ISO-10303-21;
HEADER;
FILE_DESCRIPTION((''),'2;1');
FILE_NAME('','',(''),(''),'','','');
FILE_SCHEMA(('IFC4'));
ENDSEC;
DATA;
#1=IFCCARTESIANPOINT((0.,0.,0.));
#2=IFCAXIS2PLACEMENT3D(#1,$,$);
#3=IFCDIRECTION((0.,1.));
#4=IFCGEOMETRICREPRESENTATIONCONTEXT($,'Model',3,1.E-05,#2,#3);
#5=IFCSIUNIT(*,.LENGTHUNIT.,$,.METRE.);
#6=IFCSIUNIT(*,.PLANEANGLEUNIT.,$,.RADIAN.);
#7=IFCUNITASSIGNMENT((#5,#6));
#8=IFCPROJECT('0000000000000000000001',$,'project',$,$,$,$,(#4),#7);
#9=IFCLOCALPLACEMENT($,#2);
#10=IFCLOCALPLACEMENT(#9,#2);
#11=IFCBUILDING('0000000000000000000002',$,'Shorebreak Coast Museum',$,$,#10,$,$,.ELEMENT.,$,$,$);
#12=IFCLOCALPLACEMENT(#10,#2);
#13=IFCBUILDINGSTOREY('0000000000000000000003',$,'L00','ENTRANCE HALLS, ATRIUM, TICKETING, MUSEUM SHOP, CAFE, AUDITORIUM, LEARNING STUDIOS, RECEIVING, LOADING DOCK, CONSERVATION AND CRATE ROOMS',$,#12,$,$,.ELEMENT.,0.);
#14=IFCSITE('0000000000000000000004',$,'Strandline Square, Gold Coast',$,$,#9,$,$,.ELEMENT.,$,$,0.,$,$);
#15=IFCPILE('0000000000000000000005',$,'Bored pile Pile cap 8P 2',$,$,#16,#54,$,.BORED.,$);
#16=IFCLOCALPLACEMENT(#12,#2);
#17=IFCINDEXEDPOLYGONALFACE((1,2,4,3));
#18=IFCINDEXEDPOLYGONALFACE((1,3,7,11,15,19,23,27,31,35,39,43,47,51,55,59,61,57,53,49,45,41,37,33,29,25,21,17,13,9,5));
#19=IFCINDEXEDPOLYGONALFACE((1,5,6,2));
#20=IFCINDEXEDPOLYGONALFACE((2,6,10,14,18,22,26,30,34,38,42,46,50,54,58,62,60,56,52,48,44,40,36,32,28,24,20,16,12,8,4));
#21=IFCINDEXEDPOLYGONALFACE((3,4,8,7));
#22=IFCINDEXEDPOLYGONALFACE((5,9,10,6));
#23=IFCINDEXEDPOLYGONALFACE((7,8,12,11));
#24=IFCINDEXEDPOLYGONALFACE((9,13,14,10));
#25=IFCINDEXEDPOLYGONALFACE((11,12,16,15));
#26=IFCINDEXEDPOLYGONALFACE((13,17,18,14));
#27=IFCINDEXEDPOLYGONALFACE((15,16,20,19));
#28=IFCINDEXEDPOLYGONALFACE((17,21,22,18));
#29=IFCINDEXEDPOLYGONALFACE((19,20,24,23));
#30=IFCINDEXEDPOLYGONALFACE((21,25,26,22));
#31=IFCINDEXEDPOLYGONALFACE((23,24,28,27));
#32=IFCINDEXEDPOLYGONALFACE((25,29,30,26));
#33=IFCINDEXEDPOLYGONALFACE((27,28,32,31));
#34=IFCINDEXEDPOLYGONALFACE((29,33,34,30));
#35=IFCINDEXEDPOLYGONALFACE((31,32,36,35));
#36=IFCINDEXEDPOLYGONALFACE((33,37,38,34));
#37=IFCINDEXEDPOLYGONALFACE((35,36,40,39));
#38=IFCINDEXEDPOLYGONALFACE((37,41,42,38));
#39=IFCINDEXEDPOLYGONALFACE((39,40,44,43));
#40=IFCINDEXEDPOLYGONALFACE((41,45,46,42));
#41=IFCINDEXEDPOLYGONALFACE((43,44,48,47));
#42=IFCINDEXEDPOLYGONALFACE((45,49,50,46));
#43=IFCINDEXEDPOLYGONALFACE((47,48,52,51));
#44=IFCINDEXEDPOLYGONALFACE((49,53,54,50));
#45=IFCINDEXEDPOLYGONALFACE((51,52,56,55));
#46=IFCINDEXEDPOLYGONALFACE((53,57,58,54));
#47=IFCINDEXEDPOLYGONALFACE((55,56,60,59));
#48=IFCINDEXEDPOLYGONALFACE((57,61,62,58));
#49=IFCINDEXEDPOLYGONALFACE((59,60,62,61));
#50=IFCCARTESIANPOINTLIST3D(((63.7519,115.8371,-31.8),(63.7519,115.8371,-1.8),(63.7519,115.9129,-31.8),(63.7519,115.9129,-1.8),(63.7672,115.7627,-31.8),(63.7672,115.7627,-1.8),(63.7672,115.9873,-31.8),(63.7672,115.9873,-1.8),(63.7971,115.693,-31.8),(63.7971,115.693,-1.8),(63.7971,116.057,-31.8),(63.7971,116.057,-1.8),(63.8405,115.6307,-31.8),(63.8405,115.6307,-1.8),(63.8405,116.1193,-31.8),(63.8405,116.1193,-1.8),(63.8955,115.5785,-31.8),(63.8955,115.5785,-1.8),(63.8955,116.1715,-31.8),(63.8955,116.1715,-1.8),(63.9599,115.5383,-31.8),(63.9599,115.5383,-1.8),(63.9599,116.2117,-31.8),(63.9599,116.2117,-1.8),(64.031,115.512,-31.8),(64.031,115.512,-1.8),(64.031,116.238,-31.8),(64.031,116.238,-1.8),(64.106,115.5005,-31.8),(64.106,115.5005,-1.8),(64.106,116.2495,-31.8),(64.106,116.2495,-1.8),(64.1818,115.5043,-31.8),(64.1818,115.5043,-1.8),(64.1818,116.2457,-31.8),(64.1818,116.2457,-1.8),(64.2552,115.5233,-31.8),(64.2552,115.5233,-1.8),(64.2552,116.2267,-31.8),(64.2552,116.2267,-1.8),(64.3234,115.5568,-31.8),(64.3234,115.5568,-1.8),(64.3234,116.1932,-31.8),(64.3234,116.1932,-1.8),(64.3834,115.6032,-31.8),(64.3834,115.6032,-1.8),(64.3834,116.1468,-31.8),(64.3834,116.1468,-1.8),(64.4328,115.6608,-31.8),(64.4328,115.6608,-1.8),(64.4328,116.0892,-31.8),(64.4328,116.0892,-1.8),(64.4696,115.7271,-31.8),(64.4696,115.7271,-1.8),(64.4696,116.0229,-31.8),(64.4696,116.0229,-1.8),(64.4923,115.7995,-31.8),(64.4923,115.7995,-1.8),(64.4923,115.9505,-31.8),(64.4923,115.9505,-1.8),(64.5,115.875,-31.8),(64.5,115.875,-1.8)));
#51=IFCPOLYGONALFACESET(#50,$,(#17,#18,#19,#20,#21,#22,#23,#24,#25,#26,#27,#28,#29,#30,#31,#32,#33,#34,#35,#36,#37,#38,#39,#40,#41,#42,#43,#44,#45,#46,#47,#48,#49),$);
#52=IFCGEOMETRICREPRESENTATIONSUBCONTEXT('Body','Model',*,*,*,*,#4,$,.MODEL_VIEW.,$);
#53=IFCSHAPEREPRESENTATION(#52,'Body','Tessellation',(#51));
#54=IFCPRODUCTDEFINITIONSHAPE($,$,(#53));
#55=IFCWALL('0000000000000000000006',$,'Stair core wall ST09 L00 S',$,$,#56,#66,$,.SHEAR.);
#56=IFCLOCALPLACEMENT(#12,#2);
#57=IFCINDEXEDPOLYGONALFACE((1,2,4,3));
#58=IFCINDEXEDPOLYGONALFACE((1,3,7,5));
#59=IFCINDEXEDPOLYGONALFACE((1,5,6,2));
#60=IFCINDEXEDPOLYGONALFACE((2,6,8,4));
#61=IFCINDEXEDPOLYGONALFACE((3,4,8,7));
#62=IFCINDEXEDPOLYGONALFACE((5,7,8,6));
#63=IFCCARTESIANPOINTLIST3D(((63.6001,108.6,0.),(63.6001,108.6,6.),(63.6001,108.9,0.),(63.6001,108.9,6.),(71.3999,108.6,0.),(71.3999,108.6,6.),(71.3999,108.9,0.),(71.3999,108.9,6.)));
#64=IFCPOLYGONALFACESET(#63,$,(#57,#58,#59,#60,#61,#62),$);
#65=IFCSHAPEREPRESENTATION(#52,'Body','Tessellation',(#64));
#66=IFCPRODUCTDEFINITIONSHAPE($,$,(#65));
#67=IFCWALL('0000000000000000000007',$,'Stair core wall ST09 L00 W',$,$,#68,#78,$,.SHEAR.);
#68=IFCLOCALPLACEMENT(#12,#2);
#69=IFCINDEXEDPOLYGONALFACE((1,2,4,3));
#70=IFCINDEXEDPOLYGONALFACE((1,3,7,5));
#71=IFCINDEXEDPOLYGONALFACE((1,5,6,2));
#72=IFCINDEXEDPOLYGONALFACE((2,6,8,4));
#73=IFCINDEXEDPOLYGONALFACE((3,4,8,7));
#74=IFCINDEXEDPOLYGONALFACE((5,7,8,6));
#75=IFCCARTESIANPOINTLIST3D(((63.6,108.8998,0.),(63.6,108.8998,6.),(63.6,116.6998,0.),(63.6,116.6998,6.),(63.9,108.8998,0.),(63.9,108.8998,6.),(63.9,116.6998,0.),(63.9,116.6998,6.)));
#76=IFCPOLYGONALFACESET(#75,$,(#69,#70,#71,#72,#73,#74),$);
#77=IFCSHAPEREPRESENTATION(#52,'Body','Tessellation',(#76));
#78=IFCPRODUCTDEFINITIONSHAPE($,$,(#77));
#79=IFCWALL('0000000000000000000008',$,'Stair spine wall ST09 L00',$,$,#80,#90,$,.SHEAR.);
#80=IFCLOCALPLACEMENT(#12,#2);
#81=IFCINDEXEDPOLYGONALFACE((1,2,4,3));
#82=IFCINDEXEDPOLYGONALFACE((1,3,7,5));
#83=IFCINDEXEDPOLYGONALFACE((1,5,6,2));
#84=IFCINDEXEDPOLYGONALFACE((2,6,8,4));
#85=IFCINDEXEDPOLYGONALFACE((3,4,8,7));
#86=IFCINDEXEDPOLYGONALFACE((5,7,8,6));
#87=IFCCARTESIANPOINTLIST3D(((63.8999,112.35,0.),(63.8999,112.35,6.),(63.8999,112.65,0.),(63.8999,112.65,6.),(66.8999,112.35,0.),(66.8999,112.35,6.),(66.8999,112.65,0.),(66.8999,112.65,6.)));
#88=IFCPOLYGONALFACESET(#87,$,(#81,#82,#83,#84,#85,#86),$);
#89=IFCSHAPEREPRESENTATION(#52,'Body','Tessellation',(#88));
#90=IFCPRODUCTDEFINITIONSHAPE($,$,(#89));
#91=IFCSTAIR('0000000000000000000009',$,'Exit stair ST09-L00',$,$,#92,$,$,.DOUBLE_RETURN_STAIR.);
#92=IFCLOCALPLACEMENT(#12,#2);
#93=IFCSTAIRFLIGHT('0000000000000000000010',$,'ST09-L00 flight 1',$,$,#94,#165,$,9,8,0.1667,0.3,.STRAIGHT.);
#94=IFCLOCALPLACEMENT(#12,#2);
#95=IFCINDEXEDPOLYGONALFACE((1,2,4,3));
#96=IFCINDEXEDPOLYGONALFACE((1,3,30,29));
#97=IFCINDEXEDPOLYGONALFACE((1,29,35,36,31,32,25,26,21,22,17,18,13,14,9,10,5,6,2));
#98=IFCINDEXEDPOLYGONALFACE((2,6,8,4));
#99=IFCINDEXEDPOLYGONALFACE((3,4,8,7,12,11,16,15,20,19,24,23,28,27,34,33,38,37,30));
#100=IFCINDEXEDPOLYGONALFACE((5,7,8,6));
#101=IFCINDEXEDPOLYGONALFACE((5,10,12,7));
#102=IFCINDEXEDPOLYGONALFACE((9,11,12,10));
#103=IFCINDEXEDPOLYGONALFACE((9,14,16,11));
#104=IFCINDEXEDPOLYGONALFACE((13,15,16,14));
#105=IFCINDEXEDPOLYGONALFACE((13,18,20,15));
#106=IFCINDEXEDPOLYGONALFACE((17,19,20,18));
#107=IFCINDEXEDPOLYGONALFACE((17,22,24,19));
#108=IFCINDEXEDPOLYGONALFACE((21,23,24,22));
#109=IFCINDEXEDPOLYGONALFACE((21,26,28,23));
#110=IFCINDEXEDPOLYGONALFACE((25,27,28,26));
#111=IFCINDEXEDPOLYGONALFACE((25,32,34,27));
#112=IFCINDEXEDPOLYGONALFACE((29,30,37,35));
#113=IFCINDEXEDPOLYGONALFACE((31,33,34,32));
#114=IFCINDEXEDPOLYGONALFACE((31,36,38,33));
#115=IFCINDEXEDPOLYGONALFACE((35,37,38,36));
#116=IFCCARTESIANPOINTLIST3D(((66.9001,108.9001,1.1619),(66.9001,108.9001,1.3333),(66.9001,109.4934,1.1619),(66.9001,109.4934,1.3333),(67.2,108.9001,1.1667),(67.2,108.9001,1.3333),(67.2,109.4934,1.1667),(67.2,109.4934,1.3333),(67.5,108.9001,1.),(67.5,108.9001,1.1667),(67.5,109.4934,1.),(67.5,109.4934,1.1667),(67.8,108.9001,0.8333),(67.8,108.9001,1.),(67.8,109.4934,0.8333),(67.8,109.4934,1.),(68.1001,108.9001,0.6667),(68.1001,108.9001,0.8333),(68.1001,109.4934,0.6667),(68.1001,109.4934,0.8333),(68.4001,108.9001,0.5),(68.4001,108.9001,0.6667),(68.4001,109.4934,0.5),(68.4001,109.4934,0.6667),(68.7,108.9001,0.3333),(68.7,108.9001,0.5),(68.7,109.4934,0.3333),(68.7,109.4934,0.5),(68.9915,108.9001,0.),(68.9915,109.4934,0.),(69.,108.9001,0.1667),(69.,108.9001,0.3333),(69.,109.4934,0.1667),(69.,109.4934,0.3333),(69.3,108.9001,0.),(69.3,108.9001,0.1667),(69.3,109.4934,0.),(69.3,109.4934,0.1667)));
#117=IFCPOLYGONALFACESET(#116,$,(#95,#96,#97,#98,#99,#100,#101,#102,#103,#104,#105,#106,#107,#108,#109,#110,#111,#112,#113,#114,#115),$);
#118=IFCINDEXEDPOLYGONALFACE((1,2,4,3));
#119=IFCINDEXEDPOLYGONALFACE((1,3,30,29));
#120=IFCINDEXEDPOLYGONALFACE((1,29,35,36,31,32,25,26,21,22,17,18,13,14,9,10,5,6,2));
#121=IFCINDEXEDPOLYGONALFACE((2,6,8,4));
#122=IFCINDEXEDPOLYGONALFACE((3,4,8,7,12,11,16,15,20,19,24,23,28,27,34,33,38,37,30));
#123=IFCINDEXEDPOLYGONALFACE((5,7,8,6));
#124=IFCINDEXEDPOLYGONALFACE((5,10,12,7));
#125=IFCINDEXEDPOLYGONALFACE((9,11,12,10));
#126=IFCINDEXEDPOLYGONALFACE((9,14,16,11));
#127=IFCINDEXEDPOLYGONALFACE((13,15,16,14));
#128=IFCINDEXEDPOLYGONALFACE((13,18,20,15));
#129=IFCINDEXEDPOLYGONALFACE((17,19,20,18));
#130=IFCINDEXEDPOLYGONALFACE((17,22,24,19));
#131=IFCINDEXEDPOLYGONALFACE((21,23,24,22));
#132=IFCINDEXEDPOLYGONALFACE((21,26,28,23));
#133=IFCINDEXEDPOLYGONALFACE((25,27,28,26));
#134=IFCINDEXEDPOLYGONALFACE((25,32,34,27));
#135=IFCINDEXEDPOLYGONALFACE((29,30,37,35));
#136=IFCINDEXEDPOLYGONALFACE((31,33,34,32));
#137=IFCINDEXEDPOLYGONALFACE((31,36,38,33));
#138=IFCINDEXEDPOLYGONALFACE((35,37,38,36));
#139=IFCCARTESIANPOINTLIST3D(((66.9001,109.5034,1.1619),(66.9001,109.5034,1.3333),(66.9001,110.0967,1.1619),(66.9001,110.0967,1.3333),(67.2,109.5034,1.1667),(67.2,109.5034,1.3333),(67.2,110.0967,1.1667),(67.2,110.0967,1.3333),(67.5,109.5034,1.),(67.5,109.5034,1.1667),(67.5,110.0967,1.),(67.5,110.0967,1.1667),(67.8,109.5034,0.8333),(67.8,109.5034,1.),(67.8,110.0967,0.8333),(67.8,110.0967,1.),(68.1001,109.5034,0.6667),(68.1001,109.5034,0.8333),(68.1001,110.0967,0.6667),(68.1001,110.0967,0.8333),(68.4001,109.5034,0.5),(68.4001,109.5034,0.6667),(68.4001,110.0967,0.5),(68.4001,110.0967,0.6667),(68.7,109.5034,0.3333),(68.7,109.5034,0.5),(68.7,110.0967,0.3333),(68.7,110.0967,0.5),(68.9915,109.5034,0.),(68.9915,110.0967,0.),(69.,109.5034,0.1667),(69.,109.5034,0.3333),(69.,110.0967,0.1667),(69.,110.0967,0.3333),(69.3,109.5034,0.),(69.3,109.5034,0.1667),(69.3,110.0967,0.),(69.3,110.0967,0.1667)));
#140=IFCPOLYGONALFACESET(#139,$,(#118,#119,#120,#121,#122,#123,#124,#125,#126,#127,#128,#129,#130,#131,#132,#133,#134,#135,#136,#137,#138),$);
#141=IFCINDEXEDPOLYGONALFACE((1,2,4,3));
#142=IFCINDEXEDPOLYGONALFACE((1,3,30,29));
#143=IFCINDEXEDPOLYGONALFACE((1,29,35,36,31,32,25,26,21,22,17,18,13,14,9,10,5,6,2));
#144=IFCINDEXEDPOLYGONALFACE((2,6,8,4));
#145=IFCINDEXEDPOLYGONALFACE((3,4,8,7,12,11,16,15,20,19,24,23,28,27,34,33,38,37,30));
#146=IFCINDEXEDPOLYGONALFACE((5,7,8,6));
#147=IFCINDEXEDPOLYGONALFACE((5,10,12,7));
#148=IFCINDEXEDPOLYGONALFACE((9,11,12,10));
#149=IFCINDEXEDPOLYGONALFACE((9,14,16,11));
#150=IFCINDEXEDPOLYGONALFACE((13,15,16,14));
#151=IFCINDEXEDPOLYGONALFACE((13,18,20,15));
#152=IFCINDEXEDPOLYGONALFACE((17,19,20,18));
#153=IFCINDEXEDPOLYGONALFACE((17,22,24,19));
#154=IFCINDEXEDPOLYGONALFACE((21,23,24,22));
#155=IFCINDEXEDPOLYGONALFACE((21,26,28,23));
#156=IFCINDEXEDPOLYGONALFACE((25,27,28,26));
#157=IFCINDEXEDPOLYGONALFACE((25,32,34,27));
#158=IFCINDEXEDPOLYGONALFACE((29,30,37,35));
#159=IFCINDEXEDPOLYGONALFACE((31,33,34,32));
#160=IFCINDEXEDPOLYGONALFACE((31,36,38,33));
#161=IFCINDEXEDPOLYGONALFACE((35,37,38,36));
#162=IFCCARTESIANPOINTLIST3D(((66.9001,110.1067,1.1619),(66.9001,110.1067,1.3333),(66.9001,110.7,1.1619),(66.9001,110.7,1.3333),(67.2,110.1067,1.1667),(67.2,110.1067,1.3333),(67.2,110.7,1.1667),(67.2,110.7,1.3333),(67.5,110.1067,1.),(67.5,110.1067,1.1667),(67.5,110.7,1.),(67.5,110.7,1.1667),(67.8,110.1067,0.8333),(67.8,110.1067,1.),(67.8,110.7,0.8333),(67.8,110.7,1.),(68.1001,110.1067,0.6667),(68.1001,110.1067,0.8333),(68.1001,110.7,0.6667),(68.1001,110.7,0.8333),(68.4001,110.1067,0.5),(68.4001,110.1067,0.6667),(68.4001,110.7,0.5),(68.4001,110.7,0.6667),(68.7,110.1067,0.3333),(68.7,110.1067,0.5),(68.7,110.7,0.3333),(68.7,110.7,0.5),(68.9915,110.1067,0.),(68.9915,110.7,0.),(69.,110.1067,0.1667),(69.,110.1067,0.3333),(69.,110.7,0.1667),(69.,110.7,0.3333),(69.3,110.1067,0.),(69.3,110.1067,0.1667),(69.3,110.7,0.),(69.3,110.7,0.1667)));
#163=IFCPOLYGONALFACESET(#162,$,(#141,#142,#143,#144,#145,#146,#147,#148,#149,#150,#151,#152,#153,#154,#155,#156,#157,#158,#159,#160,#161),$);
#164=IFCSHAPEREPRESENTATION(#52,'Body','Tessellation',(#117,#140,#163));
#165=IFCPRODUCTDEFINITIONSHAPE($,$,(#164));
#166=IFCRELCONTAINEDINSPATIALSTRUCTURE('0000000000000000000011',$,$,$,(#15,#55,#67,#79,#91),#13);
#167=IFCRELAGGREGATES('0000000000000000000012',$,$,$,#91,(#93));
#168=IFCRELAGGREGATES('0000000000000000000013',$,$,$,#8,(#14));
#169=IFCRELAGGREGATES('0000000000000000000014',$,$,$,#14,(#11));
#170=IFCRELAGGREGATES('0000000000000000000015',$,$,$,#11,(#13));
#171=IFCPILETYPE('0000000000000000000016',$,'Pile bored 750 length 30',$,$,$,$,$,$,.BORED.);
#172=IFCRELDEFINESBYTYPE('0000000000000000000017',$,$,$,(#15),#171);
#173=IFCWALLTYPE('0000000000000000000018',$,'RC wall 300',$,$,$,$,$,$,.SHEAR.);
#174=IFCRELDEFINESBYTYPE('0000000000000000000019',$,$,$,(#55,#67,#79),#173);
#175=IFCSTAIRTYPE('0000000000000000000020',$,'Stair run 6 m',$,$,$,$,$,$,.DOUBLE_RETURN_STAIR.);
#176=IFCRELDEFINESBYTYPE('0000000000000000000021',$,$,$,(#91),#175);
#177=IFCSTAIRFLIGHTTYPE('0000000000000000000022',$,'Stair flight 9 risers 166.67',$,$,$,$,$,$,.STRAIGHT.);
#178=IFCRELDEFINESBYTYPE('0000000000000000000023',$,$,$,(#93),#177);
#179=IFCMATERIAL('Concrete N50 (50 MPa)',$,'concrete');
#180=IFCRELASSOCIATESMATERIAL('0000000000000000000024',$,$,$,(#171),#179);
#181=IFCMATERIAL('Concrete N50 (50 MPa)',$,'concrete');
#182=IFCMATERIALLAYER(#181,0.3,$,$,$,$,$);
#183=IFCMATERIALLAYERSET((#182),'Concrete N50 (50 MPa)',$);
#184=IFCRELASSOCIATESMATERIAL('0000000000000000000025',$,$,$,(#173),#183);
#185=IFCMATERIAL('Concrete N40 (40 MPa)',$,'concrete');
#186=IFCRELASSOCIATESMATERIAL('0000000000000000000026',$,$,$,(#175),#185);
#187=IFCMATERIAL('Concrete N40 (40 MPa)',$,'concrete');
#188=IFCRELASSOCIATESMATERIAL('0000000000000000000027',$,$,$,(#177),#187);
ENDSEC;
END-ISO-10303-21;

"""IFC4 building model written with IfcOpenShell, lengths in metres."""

from ifc_helpers import new_model, si_unit, direction, frame, frame_2d, origin, origin_2d, place, context, subcontext, project, spatial, polyline, rectangle, circle, outline, extrude, material, layer, layer_set, material_profile, profile_set, type_object, element, aggregate, save


model = new_model("IFC4")

# Units and contexts
model_context = context("Model", 3, precision=1e-05, world=origin(), true_north=direction((0.0, 1.0)))
body_context = subcontext(model_context, "Body", "Model", "MODEL_VIEW")
ifc_project = project(units=[si_unit("LENGTHUNIT", "METRE"), si_unit("PLANEANGLEUNIT", "RADIAN")], contexts=[model_context])

# Site, building, storey
site_placement = place(None, origin())
site = spatial("IfcSite", under=ifc_project, at=site_placement, Name="Strandline Square, Gold Coast", CompositionType="ELEMENT", RefElevation=0.0)
building_placement = place(site_placement, origin())
building = spatial("IfcBuilding", under=site, at=building_placement, Name="Shorebreak Coast Museum", CompositionType="ELEMENT")
storey_placement = place(building_placement, origin())
storey = spatial("IfcBuildingStorey", under=building, at=storey_placement, Name="L00", Description="ENTRANCE HALLS, ATRIUM, TICKETING, MUSEUM SHOP, CAFE, AUDITORIUM, LEARNING STUDIOS, RECEIVING, LOADING DOCK, CONSERVATION AND CRATE ROOMS", CompositionType="ELEMENT", Elevation=0.0)

# Pile
ifc_material_1 = material(Name="Concrete N50 (50 MPa)", Category="concrete")
ifc_material_profile_1 = material_profile(ifc_material_1, circle(Radius=0.375, at=origin_2d()), Name="Pile bored 750 length 30")
ifc_profile_set_1 = profile_set([ifc_material_profile_1], Name="Concrete N50 (50 MPa)")
pile_type_1 = type_object("IfcPileType", Name="Pile bored 750 length 30", PredefinedType="BORED", material=ifc_profile_set_1)
for number, where, z_axis, x_axis, name in (
    (1, (64.125, 115.875, -1.8), (0.0, 0.0, -1.0), (1.0, 0.0, 0.0), "Bored pile Pile cap 8P 2"),
):
    element("IfcPile", number, at=place(storey_placement, frame(where, z_axis=z_axis, x_axis=x_axis)), inside=storey, type_object=pile_type_1, Name=name, PredefinedType="BORED", context=body_context, shape_type="SweptSolid", body=[
        extrude(circle(Radius=0.375, at=origin_2d()), origin(), (0.0, 0.0, 1.0), 30.0),
    ])

# Walls
ifc_material_2 = material(Name="Concrete N50 (50 MPa)", Category="concrete")
ifc_layer = layer(ifc_material_2, 0.3)
ifc_layer_set = layer_set([ifc_layer], Name="Concrete N50 (50 MPa)")
wall_type = type_object("IfcWallType", Name="RC wall 300", PredefinedType="SHEAR", material=ifc_layer_set)
wall_1_placement = place(storey_placement, frame((63.6001, 108.75, 0.0), z_axis=(0.0, 0.0, 1.0), x_axis=(1.0, 0.0, 0.0)))
element("IfcWall", 2, at=wall_1_placement, inside=storey, type_object=wall_type, Name="Stair core wall ST09 L00 S", PredefinedType="SHEAR", context=body_context, shape_type="SweptSolid", body=[
    extrude(rectangle(XDim=7.7998, YDim=0.3, at=frame_2d((3.8999, 0.0))), origin(), (0.0, 0.0, 1.0), 6.0),
])
wall_2_placement = place(storey_placement, frame((63.75, 108.8999, 0.0), z_axis=(0.0, 0.0, 1.0), x_axis=(0.0, 1.0, 0.0)))
element("IfcWall", 3, at=wall_2_placement, inside=storey, type_object=wall_type, Name="Stair core wall ST09 L00 W", PredefinedType="SHEAR", context=body_context, shape_type="SweptSolid", body=[
    extrude(rectangle(XDim=7.8, YDim=0.3, at=frame_2d((3.8999, 0.0))), origin(), (0.0, 0.0, 1.0), 6.0),
])
wall_3_placement = place(storey_placement, frame((66.8999, 112.5, 0.0), z_axis=(0.0, 0.0, 1.0), x_axis=(-1.0, 0.0, 0.0)))
element("IfcWall", 4, at=wall_3_placement, inside=storey, type_object=wall_type, Name="Stair spine wall ST09 L00", PredefinedType="SHEAR", context=body_context, shape_type="SweptSolid", body=[
    extrude(rectangle(XDim=3.0, YDim=0.3, at=frame_2d((1.5, 0.0))), origin(), (0.0, 0.0, 1.0), 6.0),
])

# Stair, stair flight
ifc_material_3 = material(Name="Concrete N40 (40 MPa)", Category="concrete")
stair_type = type_object("IfcStairType", Name="Stair run 6 m", PredefinedType="DOUBLE_RETURN_STAIR", material=ifc_material_3)
stair_placement = place(storey_placement, origin())
stair = element("IfcStair", 5, at=stair_placement, inside=storey, type_object=stair_type, Name="Exit stair ST09-L00", PredefinedType="DOUBLE_RETURN_STAIR")
ifc_material_4 = material(Name="Concrete N40 (40 MPa)", Category="concrete")
stair_flight_type = type_object("IfcStairFlightType", Name="Stair flight 9 risers 166.67", PredefinedType="STRAIGHT", material=ifc_material_4)
stair_flight_1_placement = place(storey_placement, frame((69.3, 109.8, 0.0), z_axis=(0.0, 0.0, 1.0), x_axis=(-1.0, 0.0, 0.0)))
stair_flight_1 = element("IfcStairFlight", 6, at=stair_flight_1_placement, type_object=stair_flight_type, Name="ST09-L00 flight 1", NumberOfRisers=9, NumberOfTreads=8, PredefinedType="STRAIGHT", RiserHeight=0.1667, TreadLength=0.3, context=body_context, shape_type="SweptSolid", body=[
    extrude(outline(polyline([(0.0, 0.0), (0.0, 0.1667), (0.3, 0.1667), (0.3, 0.3333), (0.6001, 0.3333), (0.6001, 0.5), (0.8999, 0.5), (0.8999, 0.6667), (1.2, 0.6667), (1.2, 0.8333), (1.5, 0.8333), (1.5, 1.0), (1.8, 1.0), (1.8, 1.1667), (2.1001, 1.1667), (2.1001, 1.3333), (2.3999, 1.3333), (2.3999, 1.5), (2.3999, 1.1619), (0.3086, 0.0), (0.0, 0.0)])), frame((0.0, 0.8999, 0.0), z_axis=(0.0, -1.0, 0.0), x_axis=(1.0, 0.0, 0.0)), (0.0, 0.0, 1.0), 0.5933),
    extrude(outline(polyline([(0.0, 0.0), (0.0, 0.1667), (0.3, 0.1667), (0.3, 0.3333), (0.6001, 0.3333), (0.6001, 0.5), (0.8999, 0.5), (0.8999, 0.6667), (1.2, 0.6667), (1.2, 0.8333), (1.5, 0.8333), (1.5, 1.0), (1.8, 1.0), (1.8, 1.1667), (2.1001, 1.1667), (2.1001, 1.3333), (2.3999, 1.3333), (2.3999, 1.5), (2.3999, 1.1619), (0.3086, 0.0), (0.0, 0.0)])), frame((0.0, 0.2966, 0.0), z_axis=(0.0, -1.0, 0.0), x_axis=(1.0, 0.0, 0.0)), (0.0, 0.0, 1.0), 0.5933),
    extrude(outline(polyline([(0.0, 0.0), (0.0, 0.1667), (0.3, 0.1667), (0.3, 0.3333), (0.6001, 0.3333), (0.6001, 0.5), (0.8999, 0.5), (0.8999, 0.6667), (1.2, 0.6667), (1.2, 0.8333), (1.5, 0.8333), (1.5, 1.0), (1.8, 1.0), (1.8, 1.1667), (2.1001, 1.1667), (2.1001, 1.3333), (2.3999, 1.3333), (2.3999, 1.5), (2.3999, 1.1619), (0.3086, 0.0), (0.0, 0.0)])), frame((0.0, -0.3066, 0.0), z_axis=(0.0, -1.0, 0.0), x_axis=(1.0, 0.0, 0.0)), (0.0, 0.0, 1.0), 0.5933),
])
aggregate(stair, [stair_flight_1])

save(model, "model.ifc")
